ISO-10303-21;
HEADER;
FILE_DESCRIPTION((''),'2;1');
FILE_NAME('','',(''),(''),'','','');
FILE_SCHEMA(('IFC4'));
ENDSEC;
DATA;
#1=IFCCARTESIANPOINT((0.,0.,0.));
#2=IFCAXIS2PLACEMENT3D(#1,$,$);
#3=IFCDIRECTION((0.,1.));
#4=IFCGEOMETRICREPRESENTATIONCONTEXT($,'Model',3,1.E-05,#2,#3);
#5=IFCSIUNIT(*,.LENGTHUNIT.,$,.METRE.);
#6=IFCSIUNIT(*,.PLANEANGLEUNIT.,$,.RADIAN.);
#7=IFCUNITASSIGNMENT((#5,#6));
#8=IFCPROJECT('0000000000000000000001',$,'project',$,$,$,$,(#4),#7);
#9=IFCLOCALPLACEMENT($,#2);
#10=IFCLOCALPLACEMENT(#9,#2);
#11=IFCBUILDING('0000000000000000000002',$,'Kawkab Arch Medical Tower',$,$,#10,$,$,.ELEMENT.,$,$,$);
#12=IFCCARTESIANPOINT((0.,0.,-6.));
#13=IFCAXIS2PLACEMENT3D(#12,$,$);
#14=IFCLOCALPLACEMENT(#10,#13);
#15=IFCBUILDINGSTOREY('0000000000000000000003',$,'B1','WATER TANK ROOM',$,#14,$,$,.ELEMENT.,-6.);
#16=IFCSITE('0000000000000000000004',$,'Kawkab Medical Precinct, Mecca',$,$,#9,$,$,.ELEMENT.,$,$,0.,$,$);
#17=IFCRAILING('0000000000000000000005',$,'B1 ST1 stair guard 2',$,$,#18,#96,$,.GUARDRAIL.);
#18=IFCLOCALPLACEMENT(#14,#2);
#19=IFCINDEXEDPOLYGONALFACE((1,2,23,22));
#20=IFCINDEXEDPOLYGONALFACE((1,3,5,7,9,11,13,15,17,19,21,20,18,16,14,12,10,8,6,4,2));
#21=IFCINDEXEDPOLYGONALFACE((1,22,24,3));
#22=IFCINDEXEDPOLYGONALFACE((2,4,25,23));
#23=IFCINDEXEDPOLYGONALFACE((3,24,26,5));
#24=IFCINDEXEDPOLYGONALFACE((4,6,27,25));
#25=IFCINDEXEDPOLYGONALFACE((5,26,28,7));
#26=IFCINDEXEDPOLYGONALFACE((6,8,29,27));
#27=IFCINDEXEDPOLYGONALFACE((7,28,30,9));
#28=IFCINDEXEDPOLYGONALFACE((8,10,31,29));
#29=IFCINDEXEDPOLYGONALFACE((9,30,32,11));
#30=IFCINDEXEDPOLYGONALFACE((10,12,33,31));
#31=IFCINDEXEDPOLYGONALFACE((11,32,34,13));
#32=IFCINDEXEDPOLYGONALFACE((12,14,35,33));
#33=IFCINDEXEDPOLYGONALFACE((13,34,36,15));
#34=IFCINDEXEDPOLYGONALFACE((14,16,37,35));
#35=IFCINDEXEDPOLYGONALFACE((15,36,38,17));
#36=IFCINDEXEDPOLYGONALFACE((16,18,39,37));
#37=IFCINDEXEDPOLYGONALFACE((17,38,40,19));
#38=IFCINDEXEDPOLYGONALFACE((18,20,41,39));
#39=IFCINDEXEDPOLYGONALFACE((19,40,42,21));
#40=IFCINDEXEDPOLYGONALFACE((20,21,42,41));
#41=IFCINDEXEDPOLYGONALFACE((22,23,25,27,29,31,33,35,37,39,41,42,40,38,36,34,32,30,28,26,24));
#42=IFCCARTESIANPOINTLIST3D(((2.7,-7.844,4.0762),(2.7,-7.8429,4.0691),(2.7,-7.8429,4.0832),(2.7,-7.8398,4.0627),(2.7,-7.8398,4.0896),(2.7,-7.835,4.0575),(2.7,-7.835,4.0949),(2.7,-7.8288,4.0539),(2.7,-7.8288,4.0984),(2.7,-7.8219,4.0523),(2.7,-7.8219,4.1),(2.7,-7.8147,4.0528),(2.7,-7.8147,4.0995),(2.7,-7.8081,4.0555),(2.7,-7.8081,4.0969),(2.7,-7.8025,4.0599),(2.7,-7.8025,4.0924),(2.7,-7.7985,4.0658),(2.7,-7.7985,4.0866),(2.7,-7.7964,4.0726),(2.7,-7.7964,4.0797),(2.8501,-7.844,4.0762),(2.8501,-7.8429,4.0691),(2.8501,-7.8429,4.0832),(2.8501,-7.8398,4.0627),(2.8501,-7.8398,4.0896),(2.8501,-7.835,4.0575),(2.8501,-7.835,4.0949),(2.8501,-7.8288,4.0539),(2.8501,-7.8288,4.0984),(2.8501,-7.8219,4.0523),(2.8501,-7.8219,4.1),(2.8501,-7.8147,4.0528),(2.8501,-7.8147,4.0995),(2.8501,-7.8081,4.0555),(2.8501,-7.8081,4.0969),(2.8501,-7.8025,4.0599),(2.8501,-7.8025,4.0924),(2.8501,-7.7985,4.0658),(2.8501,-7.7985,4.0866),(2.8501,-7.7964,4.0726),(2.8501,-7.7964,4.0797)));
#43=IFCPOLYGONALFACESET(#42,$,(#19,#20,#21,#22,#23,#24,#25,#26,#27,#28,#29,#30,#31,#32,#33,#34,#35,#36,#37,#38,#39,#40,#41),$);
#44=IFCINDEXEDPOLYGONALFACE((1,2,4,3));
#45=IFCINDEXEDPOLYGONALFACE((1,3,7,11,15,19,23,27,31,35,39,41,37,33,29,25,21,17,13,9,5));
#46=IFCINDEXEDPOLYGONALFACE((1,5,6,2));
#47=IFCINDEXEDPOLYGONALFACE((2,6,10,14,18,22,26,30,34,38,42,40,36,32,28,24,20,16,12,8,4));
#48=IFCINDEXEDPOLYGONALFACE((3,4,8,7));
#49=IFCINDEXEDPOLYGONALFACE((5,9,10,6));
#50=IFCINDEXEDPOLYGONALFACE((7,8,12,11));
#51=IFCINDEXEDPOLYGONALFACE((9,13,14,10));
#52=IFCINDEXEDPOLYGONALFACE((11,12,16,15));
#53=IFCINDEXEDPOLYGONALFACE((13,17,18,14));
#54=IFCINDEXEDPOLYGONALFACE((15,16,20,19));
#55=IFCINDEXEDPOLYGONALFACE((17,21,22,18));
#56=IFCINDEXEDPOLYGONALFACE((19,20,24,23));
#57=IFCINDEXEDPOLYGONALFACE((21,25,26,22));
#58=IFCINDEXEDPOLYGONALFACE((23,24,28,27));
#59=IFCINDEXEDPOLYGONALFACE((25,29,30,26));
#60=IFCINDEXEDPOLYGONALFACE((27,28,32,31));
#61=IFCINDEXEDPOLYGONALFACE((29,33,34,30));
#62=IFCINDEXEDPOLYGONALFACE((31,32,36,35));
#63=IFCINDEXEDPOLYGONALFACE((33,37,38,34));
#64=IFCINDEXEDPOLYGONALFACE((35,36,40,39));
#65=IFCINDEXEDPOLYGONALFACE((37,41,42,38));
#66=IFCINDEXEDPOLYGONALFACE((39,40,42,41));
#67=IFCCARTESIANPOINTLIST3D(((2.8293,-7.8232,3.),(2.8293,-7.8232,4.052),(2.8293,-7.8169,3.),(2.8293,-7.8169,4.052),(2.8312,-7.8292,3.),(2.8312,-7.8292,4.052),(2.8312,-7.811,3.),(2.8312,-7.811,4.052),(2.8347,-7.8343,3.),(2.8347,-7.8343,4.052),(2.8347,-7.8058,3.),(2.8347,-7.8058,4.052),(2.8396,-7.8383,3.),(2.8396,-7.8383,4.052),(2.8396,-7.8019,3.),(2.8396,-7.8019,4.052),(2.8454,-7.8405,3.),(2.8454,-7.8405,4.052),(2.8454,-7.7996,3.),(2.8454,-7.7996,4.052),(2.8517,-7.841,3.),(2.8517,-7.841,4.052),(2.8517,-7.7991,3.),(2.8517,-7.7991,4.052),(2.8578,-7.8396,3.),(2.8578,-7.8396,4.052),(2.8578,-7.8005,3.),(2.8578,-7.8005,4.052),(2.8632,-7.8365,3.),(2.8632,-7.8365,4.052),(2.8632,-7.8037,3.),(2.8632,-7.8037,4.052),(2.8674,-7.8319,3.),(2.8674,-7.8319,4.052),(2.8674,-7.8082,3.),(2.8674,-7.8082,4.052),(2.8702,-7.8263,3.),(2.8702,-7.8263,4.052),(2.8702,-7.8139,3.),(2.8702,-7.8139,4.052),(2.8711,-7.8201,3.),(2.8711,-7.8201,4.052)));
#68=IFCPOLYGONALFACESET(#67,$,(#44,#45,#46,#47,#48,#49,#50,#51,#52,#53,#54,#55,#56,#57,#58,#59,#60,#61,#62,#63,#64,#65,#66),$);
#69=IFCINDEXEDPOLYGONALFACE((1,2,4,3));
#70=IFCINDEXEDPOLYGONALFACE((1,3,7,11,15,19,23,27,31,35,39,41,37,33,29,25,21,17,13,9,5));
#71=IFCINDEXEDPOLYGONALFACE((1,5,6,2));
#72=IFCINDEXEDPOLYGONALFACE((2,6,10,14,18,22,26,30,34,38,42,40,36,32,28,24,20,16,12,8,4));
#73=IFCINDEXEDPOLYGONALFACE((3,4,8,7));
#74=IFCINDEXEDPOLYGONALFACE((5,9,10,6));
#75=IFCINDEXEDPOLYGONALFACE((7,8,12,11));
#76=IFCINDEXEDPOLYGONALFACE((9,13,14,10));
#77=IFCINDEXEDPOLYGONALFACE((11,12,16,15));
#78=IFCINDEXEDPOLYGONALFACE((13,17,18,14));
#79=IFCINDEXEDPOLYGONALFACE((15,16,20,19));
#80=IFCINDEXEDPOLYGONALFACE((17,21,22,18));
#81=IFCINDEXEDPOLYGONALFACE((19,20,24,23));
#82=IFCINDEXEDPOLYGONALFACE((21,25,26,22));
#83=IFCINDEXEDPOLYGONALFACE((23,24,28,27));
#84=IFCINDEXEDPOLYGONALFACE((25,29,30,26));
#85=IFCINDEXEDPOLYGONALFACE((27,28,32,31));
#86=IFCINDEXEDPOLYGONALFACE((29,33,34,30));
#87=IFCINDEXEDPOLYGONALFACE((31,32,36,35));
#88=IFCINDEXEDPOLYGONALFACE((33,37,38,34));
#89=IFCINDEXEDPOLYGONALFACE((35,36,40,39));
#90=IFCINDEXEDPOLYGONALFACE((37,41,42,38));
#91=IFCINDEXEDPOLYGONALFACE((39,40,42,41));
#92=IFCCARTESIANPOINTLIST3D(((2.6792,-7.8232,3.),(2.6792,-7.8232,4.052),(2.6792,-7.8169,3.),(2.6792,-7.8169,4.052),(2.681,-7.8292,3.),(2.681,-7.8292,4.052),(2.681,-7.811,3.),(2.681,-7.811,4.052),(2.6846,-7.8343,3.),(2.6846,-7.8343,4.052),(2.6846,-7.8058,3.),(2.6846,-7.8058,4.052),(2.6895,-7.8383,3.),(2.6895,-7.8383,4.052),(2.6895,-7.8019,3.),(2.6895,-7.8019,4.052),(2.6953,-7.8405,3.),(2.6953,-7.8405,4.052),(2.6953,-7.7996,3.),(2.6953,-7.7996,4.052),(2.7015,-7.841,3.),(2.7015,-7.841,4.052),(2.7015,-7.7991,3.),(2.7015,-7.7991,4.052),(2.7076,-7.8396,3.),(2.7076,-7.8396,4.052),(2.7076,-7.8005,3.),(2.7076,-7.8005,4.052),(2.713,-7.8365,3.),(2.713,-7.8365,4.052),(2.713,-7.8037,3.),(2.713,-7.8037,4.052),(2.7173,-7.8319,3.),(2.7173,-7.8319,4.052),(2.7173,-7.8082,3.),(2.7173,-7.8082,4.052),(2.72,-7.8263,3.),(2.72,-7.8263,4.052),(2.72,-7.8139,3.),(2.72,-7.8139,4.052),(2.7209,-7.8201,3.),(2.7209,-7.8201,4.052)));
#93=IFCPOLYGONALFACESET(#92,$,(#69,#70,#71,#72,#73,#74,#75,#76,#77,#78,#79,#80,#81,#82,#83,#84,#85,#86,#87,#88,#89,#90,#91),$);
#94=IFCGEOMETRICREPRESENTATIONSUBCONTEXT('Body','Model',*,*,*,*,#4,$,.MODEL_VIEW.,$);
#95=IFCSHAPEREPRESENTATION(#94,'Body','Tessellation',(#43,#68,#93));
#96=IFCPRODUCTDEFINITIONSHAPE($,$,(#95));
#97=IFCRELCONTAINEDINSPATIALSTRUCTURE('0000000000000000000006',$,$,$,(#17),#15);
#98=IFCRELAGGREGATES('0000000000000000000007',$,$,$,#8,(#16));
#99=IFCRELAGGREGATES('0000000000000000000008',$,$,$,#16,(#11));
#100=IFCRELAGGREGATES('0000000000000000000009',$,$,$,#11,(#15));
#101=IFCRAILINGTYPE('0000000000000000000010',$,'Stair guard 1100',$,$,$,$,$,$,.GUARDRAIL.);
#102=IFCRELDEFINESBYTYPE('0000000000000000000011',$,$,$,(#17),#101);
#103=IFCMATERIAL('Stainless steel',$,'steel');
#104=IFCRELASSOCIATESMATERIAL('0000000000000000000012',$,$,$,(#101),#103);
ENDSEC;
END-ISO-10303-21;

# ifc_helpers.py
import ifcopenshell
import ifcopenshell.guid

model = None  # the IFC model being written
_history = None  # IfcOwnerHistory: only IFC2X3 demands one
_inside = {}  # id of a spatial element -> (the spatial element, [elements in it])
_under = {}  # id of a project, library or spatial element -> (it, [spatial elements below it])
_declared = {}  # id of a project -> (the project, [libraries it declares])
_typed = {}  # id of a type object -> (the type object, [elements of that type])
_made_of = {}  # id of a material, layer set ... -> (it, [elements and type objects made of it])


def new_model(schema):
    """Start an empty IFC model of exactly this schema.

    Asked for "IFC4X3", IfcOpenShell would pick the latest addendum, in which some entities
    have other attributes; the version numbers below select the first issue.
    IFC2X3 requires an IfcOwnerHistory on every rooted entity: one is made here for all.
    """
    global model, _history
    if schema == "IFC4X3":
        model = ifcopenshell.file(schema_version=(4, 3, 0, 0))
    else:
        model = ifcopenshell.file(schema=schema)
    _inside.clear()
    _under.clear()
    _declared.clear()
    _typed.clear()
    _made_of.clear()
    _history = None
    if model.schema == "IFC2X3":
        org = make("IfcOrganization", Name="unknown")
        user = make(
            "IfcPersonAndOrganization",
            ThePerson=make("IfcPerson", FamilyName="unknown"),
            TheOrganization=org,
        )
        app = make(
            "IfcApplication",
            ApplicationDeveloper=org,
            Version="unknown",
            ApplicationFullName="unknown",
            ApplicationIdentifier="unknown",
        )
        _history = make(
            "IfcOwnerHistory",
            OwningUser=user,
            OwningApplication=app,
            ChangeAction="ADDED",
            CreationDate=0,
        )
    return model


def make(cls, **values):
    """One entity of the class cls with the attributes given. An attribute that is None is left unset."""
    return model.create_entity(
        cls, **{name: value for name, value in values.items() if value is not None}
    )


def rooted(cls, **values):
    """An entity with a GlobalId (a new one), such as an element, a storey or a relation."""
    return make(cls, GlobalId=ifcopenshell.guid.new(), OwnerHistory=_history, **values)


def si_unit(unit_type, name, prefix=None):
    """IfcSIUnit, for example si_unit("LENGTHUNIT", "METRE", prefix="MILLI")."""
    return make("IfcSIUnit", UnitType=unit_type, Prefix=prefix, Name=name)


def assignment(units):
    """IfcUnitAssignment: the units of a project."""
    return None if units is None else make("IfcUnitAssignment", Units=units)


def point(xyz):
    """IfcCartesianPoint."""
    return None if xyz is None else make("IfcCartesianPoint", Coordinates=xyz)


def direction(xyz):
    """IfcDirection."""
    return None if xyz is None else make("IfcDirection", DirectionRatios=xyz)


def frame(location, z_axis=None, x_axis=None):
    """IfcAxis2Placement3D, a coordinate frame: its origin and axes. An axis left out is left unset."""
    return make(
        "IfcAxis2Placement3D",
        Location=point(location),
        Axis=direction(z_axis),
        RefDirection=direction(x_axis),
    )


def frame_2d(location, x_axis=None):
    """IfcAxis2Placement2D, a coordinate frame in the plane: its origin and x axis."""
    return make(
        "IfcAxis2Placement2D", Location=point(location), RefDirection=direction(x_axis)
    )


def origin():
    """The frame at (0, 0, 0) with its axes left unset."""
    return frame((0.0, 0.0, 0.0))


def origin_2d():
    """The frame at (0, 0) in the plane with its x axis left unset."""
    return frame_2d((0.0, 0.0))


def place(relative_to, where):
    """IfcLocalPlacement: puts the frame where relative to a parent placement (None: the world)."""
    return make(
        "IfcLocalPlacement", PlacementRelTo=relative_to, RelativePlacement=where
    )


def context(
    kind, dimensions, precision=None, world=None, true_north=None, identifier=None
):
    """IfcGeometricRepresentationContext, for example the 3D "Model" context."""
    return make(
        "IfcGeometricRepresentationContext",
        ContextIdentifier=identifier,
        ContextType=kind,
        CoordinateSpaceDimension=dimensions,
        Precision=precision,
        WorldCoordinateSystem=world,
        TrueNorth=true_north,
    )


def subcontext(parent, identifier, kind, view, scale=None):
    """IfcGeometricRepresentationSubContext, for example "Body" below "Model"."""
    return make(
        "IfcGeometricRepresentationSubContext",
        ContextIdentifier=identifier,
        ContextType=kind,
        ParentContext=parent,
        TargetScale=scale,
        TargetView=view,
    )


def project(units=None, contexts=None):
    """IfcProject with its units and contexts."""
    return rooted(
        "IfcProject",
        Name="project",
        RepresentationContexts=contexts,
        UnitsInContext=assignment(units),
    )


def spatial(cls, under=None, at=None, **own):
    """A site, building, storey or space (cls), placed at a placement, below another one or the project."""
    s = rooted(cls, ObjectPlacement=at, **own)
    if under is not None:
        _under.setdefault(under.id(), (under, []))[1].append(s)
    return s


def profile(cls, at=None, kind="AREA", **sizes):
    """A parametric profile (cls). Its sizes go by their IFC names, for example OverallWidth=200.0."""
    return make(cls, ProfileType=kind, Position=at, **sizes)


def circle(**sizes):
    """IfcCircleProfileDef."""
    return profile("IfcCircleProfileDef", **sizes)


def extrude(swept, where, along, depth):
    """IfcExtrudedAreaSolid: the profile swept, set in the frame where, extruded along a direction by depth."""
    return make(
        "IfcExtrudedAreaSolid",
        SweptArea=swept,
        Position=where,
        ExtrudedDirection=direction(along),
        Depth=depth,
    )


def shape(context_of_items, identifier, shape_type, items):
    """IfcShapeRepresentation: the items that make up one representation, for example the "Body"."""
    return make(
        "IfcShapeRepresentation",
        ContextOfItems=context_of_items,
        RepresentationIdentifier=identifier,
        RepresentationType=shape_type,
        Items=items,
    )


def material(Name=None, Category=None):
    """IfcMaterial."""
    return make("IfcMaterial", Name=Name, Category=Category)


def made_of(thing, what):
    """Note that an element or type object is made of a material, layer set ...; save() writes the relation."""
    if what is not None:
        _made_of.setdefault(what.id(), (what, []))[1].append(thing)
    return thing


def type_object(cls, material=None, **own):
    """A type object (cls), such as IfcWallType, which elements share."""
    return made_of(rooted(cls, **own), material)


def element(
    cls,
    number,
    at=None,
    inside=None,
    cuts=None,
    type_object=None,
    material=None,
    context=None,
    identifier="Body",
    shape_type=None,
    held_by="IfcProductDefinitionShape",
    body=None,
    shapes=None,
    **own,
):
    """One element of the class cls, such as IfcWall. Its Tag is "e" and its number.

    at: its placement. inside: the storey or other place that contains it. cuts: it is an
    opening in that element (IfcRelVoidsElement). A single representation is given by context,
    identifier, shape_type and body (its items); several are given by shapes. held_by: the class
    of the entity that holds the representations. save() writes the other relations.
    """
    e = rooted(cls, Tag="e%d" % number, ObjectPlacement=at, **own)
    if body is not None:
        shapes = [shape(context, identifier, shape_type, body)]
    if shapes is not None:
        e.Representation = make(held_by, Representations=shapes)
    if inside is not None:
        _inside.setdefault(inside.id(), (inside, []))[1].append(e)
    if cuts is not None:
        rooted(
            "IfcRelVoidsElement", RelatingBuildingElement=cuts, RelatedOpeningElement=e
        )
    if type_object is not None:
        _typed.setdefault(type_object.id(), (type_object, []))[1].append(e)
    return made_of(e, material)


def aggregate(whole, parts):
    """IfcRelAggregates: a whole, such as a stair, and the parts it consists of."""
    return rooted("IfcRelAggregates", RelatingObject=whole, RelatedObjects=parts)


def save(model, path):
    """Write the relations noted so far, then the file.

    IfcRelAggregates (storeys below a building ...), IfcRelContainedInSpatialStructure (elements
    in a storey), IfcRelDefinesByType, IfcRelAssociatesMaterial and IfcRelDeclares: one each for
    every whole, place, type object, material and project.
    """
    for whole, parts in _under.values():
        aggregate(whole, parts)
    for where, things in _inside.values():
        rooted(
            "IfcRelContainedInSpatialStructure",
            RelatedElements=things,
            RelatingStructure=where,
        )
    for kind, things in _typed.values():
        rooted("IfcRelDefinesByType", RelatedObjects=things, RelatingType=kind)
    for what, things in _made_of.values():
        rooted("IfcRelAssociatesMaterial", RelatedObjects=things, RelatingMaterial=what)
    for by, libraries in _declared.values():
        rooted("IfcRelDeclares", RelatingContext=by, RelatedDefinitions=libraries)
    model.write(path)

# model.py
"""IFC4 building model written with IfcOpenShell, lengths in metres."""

from ifc_helpers import new_model, si_unit, direction, frame, origin, origin_2d, place, context, subcontext, project, spatial, circle, extrude, material, type_object, element, save


model = new_model("IFC4")

# Units and contexts
model_context = context("Model", 3, precision=1e-05, world=origin(), true_north=direction((0.0, 1.0)))
body_context = subcontext(model_context, "Body", "Model", "MODEL_VIEW")
ifc_project = project(units=[si_unit("LENGTHUNIT", "METRE"), si_unit("PLANEANGLEUNIT", "RADIAN")], contexts=[model_context])

# Site, building, storey
site_placement = place(None, origin())
site = spatial("IfcSite", under=ifc_project, at=site_placement, Name="Kawkab Medical Precinct, Mecca", CompositionType="ELEMENT", RefElevation=0.0)
building_placement = place(site_placement, origin())
building = spatial("IfcBuilding", under=site, at=building_placement, Name="Kawkab Arch Medical Tower", CompositionType="ELEMENT")
storey_placement = place(building_placement, frame((0.0, 0.0, -6.0)))
storey = spatial("IfcBuildingStorey", under=building, at=storey_placement, Name="B1", Description="WATER TANK ROOM", CompositionType="ELEMENT", Elevation=-6.0)

# Railing
ifc_material_1 = material(Name="Stainless steel", Category="steel")
railing_type = type_object("IfcRailingType", Name="Stair guard 1100", PredefinedType="GUARDRAIL", material=ifc_material_1)
railing_1_placement = place(storey_placement, frame((2.8501, -7.8201, 3.0)))
element("IfcRailing", 1, at=railing_1_placement, inside=storey, type_object=railing_type, Name="B1 ST1 stair guard 2", PredefinedType="GUARDRAIL", context=body_context, shape_type="SweptSolid", body=[
    extrude(circle(Radius=0.0239, at=origin_2d()), frame((0.0, 0.0, 1.0762), z_axis=(-1.0, 0.0, 0.0), x_axis=(0.0, -1.0, 0.0)), (0.0, 0.0, 1.0), 0.1501),
    extrude(circle(Radius=0.021, at=origin_2d()), origin(), (0.0, 0.0, 1.0), 1.052),
    extrude(circle(Radius=0.021, at=origin_2d()), frame((-0.1501, 0.0, 0.0)), (0.0, 0.0, 1.0), 1.052),
])

save(model, "model.ifc")
